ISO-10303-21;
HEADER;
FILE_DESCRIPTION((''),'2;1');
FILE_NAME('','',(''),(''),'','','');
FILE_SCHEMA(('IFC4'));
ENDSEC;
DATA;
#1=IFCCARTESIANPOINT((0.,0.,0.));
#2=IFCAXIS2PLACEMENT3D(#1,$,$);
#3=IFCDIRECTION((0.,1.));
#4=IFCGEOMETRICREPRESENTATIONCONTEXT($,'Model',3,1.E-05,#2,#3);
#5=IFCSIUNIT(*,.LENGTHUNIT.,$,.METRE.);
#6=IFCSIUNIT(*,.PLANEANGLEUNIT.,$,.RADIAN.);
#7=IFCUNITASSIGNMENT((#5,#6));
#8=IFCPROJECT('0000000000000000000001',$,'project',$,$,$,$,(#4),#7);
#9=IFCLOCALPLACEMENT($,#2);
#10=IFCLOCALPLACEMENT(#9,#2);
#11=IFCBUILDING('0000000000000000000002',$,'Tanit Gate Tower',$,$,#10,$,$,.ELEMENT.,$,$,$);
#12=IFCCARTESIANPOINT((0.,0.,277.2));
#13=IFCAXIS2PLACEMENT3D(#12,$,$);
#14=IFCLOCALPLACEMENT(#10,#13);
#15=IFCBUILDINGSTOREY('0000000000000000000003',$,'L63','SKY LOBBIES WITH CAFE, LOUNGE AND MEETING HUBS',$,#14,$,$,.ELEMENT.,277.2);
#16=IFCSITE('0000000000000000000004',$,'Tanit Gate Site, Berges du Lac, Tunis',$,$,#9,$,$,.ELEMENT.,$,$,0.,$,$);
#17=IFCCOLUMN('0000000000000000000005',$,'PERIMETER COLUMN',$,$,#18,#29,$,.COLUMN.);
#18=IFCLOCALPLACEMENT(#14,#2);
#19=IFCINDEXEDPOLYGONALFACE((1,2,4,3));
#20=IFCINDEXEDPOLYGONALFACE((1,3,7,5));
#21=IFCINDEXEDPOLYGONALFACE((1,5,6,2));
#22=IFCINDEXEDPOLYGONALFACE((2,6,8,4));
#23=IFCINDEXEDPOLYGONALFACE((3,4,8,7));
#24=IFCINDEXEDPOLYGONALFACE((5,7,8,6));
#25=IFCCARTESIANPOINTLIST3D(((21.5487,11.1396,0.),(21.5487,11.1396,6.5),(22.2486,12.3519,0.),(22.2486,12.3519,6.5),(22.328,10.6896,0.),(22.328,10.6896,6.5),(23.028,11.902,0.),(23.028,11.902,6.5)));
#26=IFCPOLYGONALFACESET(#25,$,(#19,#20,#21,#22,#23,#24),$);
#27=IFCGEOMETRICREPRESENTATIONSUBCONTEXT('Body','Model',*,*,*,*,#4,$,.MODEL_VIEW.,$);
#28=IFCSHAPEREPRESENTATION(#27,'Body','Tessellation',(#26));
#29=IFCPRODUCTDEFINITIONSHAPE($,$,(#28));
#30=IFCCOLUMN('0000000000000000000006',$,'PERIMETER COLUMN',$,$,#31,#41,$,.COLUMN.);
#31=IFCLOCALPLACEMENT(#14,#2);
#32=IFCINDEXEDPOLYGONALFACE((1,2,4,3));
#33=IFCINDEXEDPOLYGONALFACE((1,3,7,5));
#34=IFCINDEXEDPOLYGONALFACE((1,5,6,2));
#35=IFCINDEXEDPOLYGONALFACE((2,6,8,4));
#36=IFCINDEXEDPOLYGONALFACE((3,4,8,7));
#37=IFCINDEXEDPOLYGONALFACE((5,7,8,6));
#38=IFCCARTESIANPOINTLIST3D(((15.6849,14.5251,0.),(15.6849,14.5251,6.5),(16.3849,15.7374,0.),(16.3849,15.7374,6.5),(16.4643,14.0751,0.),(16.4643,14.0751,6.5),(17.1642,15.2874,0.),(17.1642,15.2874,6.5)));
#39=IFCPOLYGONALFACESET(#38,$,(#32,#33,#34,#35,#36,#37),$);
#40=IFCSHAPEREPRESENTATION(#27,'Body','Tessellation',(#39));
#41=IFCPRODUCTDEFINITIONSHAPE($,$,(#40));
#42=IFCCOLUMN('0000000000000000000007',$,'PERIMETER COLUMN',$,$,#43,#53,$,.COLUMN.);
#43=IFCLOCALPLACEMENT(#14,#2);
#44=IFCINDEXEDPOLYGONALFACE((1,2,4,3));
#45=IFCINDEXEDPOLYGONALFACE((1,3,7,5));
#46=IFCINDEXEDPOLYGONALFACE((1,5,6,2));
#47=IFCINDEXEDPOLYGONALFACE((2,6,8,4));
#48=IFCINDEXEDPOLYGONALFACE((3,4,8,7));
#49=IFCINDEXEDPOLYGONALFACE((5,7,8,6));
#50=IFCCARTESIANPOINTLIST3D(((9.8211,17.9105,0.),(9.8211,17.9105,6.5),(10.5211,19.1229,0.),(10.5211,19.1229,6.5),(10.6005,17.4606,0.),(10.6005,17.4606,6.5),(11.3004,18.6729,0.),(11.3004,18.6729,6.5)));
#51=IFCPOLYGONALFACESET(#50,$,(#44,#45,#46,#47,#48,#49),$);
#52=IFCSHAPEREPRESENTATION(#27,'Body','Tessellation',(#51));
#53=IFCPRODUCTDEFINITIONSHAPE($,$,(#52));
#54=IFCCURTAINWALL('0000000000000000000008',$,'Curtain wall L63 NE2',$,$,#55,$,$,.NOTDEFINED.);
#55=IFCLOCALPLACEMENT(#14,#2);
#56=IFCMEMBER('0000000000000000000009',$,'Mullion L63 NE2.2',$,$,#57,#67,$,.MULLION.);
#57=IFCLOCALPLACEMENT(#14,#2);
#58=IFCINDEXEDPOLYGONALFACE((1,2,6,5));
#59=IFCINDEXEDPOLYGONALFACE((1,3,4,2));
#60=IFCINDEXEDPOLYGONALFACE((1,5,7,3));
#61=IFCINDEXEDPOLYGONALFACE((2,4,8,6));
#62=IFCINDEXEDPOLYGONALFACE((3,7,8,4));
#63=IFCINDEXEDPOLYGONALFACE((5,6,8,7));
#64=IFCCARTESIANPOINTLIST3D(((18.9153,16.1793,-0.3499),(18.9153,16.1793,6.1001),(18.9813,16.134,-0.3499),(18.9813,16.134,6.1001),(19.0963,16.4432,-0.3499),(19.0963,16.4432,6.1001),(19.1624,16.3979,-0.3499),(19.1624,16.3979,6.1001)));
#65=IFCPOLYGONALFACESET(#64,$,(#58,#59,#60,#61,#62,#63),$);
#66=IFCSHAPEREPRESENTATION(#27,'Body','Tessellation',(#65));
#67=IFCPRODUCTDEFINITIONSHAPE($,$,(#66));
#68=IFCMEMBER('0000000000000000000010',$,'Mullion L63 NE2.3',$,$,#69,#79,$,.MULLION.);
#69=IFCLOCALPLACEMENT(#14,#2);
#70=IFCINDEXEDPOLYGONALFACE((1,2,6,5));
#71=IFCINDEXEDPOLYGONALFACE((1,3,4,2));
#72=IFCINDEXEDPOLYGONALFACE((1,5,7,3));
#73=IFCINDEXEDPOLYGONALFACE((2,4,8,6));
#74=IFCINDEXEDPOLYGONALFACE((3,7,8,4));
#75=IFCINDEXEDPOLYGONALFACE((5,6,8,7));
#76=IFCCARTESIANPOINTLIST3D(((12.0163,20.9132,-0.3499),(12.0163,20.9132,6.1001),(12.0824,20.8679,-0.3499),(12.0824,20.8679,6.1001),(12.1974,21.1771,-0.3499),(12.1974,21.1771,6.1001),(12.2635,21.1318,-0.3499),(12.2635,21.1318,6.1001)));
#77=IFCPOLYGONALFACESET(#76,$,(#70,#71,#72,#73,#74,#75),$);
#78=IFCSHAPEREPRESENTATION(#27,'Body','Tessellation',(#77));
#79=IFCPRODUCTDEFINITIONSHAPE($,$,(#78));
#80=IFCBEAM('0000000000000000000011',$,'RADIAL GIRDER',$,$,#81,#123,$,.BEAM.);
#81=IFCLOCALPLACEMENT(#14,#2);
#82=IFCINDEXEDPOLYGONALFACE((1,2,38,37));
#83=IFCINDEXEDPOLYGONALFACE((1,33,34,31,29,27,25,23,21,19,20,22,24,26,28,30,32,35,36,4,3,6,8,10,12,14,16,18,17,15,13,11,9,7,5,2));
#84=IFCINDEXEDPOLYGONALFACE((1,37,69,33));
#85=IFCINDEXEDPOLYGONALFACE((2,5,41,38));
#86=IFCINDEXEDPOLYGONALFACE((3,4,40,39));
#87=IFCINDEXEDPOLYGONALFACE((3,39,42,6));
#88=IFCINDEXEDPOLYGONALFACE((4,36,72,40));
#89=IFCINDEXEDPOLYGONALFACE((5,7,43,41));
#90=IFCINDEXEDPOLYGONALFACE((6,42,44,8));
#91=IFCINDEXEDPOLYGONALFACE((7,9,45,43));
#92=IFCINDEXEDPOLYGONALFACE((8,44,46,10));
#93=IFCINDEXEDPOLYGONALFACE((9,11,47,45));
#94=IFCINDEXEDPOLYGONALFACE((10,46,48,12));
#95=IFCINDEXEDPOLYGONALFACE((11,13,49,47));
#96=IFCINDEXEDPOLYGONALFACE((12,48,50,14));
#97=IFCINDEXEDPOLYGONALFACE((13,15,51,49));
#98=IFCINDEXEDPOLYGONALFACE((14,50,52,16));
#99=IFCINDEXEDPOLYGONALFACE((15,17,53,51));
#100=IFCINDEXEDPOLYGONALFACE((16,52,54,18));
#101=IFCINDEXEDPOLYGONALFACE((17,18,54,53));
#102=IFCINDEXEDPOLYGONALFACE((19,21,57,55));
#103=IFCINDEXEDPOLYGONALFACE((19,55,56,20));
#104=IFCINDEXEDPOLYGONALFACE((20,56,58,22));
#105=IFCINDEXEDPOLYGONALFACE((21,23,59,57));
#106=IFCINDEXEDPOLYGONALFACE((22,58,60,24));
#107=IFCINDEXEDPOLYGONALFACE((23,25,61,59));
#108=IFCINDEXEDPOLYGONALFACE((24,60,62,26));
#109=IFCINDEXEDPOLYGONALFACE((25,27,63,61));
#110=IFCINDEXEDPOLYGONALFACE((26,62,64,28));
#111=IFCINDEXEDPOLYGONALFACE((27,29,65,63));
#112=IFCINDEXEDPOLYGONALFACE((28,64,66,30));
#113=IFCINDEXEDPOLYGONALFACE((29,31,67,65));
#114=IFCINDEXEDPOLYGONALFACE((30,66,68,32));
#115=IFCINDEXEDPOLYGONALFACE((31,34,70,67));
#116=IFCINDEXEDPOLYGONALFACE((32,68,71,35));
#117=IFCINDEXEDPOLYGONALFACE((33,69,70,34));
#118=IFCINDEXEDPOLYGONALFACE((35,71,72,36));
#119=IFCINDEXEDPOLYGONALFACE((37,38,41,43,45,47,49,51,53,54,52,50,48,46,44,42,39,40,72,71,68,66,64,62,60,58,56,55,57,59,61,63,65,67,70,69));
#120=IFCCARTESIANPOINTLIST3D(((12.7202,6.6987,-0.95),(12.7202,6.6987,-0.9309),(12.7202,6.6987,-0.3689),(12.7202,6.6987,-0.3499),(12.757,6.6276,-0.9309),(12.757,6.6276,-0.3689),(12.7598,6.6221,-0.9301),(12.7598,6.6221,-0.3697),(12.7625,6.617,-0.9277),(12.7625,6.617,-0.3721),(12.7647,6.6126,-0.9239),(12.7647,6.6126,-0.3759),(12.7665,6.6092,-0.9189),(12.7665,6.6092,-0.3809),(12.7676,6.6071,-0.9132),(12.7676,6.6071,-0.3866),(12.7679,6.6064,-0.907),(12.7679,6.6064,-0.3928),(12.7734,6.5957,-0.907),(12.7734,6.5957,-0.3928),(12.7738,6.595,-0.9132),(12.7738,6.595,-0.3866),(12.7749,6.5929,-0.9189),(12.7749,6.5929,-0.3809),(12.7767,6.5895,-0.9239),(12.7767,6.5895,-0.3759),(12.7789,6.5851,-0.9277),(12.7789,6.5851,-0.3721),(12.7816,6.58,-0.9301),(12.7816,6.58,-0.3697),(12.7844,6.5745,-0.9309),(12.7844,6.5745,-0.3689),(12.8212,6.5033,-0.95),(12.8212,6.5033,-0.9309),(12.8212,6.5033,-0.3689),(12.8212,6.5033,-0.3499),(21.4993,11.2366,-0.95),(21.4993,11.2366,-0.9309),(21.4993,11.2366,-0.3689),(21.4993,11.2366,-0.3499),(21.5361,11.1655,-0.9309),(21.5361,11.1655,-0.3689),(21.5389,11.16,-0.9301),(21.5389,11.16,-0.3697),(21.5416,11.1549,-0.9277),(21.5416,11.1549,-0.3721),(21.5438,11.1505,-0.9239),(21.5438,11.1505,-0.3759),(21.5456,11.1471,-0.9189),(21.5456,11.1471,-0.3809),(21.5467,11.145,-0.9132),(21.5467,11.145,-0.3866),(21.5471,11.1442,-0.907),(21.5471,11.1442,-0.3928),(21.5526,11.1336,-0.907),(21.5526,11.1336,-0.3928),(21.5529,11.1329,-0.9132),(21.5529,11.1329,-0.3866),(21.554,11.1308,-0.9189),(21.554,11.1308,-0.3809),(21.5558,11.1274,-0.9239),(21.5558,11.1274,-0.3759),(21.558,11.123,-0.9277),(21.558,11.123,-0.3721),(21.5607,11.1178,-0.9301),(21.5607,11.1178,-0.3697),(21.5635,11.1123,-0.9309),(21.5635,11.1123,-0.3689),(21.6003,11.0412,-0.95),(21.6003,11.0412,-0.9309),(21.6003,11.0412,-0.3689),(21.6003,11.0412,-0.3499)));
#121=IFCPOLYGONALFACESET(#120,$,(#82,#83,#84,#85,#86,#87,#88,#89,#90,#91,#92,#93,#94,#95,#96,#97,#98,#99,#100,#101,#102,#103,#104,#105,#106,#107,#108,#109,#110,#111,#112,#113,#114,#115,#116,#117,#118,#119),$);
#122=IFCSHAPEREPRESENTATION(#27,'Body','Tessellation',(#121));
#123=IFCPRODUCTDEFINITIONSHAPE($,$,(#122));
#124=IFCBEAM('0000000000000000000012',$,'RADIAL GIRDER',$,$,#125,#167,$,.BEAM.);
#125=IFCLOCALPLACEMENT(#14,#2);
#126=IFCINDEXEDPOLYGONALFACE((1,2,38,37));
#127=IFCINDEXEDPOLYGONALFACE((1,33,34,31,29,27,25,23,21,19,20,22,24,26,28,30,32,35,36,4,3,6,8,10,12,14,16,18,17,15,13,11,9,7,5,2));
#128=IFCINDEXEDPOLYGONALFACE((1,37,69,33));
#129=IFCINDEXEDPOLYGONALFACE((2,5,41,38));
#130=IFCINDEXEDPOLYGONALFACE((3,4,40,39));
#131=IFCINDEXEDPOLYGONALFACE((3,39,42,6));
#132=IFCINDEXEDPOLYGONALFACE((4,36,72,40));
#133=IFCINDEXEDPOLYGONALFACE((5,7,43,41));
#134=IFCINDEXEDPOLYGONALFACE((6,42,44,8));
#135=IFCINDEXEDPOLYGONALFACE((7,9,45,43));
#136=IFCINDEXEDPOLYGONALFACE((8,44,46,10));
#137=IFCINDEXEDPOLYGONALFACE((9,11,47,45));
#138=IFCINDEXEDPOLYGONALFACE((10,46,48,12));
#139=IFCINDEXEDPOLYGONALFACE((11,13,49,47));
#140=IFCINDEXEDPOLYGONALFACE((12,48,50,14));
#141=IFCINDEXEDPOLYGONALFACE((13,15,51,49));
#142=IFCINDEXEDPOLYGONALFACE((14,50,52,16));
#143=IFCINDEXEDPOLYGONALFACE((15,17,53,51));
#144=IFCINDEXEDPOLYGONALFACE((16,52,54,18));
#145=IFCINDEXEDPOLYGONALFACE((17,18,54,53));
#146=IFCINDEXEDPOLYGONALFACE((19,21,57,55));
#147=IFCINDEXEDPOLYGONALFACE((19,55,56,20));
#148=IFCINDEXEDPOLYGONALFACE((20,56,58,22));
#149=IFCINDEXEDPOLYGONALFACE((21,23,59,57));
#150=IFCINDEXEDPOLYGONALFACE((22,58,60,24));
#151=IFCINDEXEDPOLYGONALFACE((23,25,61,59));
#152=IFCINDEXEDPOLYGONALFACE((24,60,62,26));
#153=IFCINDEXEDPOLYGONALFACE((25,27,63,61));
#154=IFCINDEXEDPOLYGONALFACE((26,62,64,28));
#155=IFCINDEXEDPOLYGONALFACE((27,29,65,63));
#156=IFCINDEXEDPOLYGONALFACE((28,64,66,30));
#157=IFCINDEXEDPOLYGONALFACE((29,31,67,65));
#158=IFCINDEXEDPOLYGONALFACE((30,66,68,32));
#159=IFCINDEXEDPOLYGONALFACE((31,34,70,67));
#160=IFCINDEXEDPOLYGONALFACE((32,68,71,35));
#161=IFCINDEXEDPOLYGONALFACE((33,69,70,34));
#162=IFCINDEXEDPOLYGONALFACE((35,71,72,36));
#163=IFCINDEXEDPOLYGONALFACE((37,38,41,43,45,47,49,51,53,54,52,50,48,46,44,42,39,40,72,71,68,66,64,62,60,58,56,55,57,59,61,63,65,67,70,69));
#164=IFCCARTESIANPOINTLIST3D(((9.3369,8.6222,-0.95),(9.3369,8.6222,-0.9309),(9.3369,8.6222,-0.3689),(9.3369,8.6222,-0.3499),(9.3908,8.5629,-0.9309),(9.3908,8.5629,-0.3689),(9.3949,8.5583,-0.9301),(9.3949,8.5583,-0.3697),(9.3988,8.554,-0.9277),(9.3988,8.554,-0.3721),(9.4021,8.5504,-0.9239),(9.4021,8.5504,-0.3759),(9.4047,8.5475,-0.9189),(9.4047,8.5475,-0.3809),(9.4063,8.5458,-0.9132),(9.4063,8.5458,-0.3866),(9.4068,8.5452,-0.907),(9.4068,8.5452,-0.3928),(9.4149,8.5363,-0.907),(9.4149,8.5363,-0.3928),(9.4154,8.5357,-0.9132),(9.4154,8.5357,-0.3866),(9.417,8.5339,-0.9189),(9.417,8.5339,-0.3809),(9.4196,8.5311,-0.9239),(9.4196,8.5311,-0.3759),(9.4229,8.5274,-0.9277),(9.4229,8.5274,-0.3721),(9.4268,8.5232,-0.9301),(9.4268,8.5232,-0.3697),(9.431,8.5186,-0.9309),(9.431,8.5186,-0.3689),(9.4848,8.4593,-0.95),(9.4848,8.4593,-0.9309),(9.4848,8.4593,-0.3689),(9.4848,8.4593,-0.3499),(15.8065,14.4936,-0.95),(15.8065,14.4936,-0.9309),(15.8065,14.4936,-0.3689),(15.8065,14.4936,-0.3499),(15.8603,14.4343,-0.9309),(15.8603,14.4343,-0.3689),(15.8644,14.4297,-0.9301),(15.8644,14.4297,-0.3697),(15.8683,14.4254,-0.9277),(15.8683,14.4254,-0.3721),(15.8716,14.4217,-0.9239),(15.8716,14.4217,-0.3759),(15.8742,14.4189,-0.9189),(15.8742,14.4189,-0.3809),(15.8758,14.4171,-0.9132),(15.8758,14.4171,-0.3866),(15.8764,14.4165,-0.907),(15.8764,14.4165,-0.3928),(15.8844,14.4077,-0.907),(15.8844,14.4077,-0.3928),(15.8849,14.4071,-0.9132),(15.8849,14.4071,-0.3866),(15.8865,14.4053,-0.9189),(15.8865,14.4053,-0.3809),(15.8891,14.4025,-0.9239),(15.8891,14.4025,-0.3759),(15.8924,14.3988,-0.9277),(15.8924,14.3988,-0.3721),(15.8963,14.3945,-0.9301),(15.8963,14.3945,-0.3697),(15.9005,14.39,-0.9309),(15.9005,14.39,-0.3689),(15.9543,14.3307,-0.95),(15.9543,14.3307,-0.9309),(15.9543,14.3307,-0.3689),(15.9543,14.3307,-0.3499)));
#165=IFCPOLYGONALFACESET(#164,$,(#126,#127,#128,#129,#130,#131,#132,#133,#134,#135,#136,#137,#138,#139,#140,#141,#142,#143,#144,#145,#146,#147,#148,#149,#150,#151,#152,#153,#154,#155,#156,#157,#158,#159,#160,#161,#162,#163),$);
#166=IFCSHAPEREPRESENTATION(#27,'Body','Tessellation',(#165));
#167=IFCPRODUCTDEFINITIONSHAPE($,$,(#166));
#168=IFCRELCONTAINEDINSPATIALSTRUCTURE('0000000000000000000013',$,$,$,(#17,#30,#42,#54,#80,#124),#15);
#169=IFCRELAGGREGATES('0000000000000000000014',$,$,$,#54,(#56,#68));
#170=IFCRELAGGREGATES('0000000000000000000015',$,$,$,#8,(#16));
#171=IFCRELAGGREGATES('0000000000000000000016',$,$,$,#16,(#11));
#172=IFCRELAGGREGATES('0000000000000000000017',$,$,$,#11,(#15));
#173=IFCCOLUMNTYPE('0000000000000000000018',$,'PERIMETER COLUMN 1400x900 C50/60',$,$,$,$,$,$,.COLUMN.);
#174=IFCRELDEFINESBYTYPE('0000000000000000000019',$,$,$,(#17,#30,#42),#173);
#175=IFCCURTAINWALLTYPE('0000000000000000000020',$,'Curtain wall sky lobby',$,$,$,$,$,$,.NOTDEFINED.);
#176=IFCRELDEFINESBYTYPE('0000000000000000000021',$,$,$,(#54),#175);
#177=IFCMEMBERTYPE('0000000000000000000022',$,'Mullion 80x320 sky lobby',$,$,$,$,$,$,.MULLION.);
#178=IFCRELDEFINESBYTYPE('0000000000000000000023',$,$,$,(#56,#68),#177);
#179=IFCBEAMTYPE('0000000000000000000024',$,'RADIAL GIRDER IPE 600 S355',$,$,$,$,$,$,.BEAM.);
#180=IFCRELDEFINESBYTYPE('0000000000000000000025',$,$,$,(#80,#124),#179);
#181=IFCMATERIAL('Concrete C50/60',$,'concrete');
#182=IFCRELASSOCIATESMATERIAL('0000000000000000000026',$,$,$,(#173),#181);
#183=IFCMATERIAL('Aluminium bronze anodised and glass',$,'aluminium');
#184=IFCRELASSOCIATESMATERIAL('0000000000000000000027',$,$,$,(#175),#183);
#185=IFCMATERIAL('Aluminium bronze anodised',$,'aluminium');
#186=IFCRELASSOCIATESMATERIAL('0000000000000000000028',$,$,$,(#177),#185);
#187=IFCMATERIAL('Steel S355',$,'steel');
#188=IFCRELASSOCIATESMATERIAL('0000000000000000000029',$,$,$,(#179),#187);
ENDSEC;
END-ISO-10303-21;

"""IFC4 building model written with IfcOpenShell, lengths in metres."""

from ifc_helpers import new_model, si_unit, direction, frame, origin, origin_2d, place, context, subcontext, project, spatial, rectangle, i_section, extrude, material, material_profile, profile_set, type_object, element, aggregate, save


model = new_model("IFC4")

# Units and contexts
model_context = context("Model", 3, precision=1e-05, world=origin(), true_north=direction((0.0, 1.0)))
body_context = subcontext(model_context, "Body", "Model", "MODEL_VIEW")
ifc_project = project(units=[si_unit("LENGTHUNIT", "METRE"), si_unit("PLANEANGLEUNIT", "RADIAN")], contexts=[model_context])

# Site, building, storey
site_placement = place(None, origin())
site = spatial("IfcSite", under=ifc_project, at=site_placement, Name="Tanit Gate Site, Berges du Lac, Tunis", CompositionType="ELEMENT", RefElevation=0.0)
building_placement = place(site_placement, origin())
building = spatial("IfcBuilding", under=site, at=building_placement, Name="Tanit Gate Tower", CompositionType="ELEMENT")
storey_placement = place(building_placement, frame((0.0, 0.0, 277.2)))
storey = spatial("IfcBuildingStorey", under=building, at=storey_placement, Name="L63", Description="SKY LOBBIES WITH CAFE, LOUNGE AND MEETING HUBS", CompositionType="ELEMENT", Elevation=277.2)

# Columns
ifc_material_1 = material(Name="Concrete C50/60", Category="concrete")
ifc_material_profile_1 = material_profile(ifc_material_1, rectangle(XDim=1.3999, YDim=0.8999, at=origin_2d()), Name="RC 1400x900")
ifc_profile_set_1 = profile_set([ifc_material_profile_1], Name="Concrete C50/60")
column_type = type_object("IfcColumnType", Name="PERIMETER COLUMN 1400x900 C50/60", PredefinedType="COLUMN", material=ifc_profile_set_1)
for number, where, z_axis, x_axis, name in (
    (1, (22.2883, 11.5208, 0.0), (0.0, 0.0, 1.0), (0.5, 0.866025, 0.0), "PERIMETER COLUMN"),
    (2, (16.4246, 14.9062, 0.0), (0.0, 0.0, 1.0), (0.5, 0.866025, 0.0), "PERIMETER COLUMN"),
    (3, (10.5608, 18.2917, 0.0), (0.0, 0.0, 1.0), (0.5, 0.866025, 0.0), "PERIMETER COLUMN"),
):
    element("IfcColumn", number, at=place(storey_placement, frame(where, z_axis=z_axis, x_axis=x_axis)), inside=storey, type_object=column_type, Name=name, PredefinedType="COLUMN", context=body_context, shape_type="SweptSolid", body=[
        extrude(rectangle(XDim=1.3999, YDim=0.8999, at=origin_2d()), origin(), (0.0, 0.0, 1.0), 6.5),
    ])

# Curtain wall, members
ifc_material_2 = material(Name="Aluminium bronze anodised and glass", Category="aluminium")
curtain_wall_type = type_object("IfcCurtainWallType", Name="Curtain wall sky lobby", PredefinedType="NOTDEFINED", material=ifc_material_2)
curtain_wall_placement = place(storey_placement, origin())
curtain_wall = element("IfcCurtainWall", 4, at=curtain_wall_placement, inside=storey, type_object=curtain_wall_type, Name="Curtain wall L63 NE2", PredefinedType="NOTDEFINED")
ifc_material_3 = material(Name="Aluminium bronze anodised", Category="aluminium")
ifc_material_profile_2 = material_profile(ifc_material_3, rectangle(XDim=0.3201, YDim=0.0801, at=origin_2d()), Name="80x320 bronze mullion")
ifc_profile_set_2 = profile_set([ifc_material_profile_2], Name="Aluminium bronze anodised")
member_type_1 = type_object("IfcMemberType", Name="Mullion 80x320 sky lobby", PredefinedType="MULLION", material=ifc_profile_set_2)
member_1_placement = place(storey_placement, frame((19.0388, 16.2886, -0.3499), z_axis=(0.0, 0.0, 1.0), x_axis=(-0.56578, -0.824557, 0.0)))
member_1 = element("IfcMember", 5, at=member_1_placement, type_object=member_type_1, Name="Mullion L63 NE2.2", PredefinedType="MULLION", context=body_context, shape_type="SweptSolid", body=[
    extrude(rectangle(XDim=0.3201, YDim=0.0801, at=origin_2d()), origin(), (0.0, 0.0, 1.0), 6.45),
])
member_2_placement = place(storey_placement, frame((12.1399, 21.0225, -0.3499), z_axis=(0.0, 0.0, 1.0), x_axis=(-0.56578, -0.824557, 0.0)))
member_2 = element("IfcMember", 6, at=member_2_placement, type_object=member_type_1, Name="Mullion L63 NE2.3", PredefinedType="MULLION", context=body_context, shape_type="SweptSolid", body=[
    extrude(rectangle(XDim=0.3201, YDim=0.0801, at=origin_2d()), origin(), (0.0, 0.0, 1.0), 6.45),
])

# Beams
ifc_material_4 = material(Name="Steel S355", Category="steel")
ifc_material_profile_3 = material_profile(ifc_material_4, i_section(OverallWidth=0.22, OverallDepth=0.6001, WebThickness=0.012, FlangeThickness=0.019, FilletRadius=0.0239, at=origin_2d()), Name="IPE 600")
ifc_profile_set_3 = profile_set([ifc_material_profile_3], Name="Steel S355")
beam_type = type_object("IfcBeamType", Name="RADIAL GIRDER IPE 600 S355", PredefinedType="BEAM", material=ifc_profile_set_3)
beam_1_placement = place(storey_placement, frame((21.5498, 11.1389, -0.6499), z_axis=(-0.888343, -0.45918, 0.0), x_axis=(0.45918, -0.888343, 0.0)))
element("IfcBeam", 7, at=beam_1_placement, inside=storey, type_object=beam_type, Name="RADIAL GIRDER", PredefinedType="BEAM", context=body_context, shape_type="SweptSolid", body=[
    extrude(i_section(OverallWidth=0.22, OverallDepth=0.6001, WebThickness=0.012, FlangeThickness=0.019, FilletRadius=0.0239, at=origin_2d()), origin(), (0.0, 0.0, 1.0), 9.8826),
])
beam_2_placement = place(storey_placement, frame((15.8804, 14.4121, -0.6499), z_axis=(-0.74051, -0.672045, 0.0), x_axis=(0.672045, -0.74051, 0.0)))
element("IfcBeam", 8, at=beam_2_placement, inside=storey, type_object=beam_type, Name="RADIAL GIRDER", PredefinedType="BEAM", context=body_context, shape_type="SweptSolid", body=[
    extrude(i_section(OverallWidth=0.22, OverallDepth=0.6001, WebThickness=0.012, FlangeThickness=0.019, FilletRadius=0.0239, at=origin_2d()), origin(), (0.0, 0.0, 1.0), 8.7366),
])

aggregate(curtain_wall, [member_1, member_2])

save(model, "model.ifc")
